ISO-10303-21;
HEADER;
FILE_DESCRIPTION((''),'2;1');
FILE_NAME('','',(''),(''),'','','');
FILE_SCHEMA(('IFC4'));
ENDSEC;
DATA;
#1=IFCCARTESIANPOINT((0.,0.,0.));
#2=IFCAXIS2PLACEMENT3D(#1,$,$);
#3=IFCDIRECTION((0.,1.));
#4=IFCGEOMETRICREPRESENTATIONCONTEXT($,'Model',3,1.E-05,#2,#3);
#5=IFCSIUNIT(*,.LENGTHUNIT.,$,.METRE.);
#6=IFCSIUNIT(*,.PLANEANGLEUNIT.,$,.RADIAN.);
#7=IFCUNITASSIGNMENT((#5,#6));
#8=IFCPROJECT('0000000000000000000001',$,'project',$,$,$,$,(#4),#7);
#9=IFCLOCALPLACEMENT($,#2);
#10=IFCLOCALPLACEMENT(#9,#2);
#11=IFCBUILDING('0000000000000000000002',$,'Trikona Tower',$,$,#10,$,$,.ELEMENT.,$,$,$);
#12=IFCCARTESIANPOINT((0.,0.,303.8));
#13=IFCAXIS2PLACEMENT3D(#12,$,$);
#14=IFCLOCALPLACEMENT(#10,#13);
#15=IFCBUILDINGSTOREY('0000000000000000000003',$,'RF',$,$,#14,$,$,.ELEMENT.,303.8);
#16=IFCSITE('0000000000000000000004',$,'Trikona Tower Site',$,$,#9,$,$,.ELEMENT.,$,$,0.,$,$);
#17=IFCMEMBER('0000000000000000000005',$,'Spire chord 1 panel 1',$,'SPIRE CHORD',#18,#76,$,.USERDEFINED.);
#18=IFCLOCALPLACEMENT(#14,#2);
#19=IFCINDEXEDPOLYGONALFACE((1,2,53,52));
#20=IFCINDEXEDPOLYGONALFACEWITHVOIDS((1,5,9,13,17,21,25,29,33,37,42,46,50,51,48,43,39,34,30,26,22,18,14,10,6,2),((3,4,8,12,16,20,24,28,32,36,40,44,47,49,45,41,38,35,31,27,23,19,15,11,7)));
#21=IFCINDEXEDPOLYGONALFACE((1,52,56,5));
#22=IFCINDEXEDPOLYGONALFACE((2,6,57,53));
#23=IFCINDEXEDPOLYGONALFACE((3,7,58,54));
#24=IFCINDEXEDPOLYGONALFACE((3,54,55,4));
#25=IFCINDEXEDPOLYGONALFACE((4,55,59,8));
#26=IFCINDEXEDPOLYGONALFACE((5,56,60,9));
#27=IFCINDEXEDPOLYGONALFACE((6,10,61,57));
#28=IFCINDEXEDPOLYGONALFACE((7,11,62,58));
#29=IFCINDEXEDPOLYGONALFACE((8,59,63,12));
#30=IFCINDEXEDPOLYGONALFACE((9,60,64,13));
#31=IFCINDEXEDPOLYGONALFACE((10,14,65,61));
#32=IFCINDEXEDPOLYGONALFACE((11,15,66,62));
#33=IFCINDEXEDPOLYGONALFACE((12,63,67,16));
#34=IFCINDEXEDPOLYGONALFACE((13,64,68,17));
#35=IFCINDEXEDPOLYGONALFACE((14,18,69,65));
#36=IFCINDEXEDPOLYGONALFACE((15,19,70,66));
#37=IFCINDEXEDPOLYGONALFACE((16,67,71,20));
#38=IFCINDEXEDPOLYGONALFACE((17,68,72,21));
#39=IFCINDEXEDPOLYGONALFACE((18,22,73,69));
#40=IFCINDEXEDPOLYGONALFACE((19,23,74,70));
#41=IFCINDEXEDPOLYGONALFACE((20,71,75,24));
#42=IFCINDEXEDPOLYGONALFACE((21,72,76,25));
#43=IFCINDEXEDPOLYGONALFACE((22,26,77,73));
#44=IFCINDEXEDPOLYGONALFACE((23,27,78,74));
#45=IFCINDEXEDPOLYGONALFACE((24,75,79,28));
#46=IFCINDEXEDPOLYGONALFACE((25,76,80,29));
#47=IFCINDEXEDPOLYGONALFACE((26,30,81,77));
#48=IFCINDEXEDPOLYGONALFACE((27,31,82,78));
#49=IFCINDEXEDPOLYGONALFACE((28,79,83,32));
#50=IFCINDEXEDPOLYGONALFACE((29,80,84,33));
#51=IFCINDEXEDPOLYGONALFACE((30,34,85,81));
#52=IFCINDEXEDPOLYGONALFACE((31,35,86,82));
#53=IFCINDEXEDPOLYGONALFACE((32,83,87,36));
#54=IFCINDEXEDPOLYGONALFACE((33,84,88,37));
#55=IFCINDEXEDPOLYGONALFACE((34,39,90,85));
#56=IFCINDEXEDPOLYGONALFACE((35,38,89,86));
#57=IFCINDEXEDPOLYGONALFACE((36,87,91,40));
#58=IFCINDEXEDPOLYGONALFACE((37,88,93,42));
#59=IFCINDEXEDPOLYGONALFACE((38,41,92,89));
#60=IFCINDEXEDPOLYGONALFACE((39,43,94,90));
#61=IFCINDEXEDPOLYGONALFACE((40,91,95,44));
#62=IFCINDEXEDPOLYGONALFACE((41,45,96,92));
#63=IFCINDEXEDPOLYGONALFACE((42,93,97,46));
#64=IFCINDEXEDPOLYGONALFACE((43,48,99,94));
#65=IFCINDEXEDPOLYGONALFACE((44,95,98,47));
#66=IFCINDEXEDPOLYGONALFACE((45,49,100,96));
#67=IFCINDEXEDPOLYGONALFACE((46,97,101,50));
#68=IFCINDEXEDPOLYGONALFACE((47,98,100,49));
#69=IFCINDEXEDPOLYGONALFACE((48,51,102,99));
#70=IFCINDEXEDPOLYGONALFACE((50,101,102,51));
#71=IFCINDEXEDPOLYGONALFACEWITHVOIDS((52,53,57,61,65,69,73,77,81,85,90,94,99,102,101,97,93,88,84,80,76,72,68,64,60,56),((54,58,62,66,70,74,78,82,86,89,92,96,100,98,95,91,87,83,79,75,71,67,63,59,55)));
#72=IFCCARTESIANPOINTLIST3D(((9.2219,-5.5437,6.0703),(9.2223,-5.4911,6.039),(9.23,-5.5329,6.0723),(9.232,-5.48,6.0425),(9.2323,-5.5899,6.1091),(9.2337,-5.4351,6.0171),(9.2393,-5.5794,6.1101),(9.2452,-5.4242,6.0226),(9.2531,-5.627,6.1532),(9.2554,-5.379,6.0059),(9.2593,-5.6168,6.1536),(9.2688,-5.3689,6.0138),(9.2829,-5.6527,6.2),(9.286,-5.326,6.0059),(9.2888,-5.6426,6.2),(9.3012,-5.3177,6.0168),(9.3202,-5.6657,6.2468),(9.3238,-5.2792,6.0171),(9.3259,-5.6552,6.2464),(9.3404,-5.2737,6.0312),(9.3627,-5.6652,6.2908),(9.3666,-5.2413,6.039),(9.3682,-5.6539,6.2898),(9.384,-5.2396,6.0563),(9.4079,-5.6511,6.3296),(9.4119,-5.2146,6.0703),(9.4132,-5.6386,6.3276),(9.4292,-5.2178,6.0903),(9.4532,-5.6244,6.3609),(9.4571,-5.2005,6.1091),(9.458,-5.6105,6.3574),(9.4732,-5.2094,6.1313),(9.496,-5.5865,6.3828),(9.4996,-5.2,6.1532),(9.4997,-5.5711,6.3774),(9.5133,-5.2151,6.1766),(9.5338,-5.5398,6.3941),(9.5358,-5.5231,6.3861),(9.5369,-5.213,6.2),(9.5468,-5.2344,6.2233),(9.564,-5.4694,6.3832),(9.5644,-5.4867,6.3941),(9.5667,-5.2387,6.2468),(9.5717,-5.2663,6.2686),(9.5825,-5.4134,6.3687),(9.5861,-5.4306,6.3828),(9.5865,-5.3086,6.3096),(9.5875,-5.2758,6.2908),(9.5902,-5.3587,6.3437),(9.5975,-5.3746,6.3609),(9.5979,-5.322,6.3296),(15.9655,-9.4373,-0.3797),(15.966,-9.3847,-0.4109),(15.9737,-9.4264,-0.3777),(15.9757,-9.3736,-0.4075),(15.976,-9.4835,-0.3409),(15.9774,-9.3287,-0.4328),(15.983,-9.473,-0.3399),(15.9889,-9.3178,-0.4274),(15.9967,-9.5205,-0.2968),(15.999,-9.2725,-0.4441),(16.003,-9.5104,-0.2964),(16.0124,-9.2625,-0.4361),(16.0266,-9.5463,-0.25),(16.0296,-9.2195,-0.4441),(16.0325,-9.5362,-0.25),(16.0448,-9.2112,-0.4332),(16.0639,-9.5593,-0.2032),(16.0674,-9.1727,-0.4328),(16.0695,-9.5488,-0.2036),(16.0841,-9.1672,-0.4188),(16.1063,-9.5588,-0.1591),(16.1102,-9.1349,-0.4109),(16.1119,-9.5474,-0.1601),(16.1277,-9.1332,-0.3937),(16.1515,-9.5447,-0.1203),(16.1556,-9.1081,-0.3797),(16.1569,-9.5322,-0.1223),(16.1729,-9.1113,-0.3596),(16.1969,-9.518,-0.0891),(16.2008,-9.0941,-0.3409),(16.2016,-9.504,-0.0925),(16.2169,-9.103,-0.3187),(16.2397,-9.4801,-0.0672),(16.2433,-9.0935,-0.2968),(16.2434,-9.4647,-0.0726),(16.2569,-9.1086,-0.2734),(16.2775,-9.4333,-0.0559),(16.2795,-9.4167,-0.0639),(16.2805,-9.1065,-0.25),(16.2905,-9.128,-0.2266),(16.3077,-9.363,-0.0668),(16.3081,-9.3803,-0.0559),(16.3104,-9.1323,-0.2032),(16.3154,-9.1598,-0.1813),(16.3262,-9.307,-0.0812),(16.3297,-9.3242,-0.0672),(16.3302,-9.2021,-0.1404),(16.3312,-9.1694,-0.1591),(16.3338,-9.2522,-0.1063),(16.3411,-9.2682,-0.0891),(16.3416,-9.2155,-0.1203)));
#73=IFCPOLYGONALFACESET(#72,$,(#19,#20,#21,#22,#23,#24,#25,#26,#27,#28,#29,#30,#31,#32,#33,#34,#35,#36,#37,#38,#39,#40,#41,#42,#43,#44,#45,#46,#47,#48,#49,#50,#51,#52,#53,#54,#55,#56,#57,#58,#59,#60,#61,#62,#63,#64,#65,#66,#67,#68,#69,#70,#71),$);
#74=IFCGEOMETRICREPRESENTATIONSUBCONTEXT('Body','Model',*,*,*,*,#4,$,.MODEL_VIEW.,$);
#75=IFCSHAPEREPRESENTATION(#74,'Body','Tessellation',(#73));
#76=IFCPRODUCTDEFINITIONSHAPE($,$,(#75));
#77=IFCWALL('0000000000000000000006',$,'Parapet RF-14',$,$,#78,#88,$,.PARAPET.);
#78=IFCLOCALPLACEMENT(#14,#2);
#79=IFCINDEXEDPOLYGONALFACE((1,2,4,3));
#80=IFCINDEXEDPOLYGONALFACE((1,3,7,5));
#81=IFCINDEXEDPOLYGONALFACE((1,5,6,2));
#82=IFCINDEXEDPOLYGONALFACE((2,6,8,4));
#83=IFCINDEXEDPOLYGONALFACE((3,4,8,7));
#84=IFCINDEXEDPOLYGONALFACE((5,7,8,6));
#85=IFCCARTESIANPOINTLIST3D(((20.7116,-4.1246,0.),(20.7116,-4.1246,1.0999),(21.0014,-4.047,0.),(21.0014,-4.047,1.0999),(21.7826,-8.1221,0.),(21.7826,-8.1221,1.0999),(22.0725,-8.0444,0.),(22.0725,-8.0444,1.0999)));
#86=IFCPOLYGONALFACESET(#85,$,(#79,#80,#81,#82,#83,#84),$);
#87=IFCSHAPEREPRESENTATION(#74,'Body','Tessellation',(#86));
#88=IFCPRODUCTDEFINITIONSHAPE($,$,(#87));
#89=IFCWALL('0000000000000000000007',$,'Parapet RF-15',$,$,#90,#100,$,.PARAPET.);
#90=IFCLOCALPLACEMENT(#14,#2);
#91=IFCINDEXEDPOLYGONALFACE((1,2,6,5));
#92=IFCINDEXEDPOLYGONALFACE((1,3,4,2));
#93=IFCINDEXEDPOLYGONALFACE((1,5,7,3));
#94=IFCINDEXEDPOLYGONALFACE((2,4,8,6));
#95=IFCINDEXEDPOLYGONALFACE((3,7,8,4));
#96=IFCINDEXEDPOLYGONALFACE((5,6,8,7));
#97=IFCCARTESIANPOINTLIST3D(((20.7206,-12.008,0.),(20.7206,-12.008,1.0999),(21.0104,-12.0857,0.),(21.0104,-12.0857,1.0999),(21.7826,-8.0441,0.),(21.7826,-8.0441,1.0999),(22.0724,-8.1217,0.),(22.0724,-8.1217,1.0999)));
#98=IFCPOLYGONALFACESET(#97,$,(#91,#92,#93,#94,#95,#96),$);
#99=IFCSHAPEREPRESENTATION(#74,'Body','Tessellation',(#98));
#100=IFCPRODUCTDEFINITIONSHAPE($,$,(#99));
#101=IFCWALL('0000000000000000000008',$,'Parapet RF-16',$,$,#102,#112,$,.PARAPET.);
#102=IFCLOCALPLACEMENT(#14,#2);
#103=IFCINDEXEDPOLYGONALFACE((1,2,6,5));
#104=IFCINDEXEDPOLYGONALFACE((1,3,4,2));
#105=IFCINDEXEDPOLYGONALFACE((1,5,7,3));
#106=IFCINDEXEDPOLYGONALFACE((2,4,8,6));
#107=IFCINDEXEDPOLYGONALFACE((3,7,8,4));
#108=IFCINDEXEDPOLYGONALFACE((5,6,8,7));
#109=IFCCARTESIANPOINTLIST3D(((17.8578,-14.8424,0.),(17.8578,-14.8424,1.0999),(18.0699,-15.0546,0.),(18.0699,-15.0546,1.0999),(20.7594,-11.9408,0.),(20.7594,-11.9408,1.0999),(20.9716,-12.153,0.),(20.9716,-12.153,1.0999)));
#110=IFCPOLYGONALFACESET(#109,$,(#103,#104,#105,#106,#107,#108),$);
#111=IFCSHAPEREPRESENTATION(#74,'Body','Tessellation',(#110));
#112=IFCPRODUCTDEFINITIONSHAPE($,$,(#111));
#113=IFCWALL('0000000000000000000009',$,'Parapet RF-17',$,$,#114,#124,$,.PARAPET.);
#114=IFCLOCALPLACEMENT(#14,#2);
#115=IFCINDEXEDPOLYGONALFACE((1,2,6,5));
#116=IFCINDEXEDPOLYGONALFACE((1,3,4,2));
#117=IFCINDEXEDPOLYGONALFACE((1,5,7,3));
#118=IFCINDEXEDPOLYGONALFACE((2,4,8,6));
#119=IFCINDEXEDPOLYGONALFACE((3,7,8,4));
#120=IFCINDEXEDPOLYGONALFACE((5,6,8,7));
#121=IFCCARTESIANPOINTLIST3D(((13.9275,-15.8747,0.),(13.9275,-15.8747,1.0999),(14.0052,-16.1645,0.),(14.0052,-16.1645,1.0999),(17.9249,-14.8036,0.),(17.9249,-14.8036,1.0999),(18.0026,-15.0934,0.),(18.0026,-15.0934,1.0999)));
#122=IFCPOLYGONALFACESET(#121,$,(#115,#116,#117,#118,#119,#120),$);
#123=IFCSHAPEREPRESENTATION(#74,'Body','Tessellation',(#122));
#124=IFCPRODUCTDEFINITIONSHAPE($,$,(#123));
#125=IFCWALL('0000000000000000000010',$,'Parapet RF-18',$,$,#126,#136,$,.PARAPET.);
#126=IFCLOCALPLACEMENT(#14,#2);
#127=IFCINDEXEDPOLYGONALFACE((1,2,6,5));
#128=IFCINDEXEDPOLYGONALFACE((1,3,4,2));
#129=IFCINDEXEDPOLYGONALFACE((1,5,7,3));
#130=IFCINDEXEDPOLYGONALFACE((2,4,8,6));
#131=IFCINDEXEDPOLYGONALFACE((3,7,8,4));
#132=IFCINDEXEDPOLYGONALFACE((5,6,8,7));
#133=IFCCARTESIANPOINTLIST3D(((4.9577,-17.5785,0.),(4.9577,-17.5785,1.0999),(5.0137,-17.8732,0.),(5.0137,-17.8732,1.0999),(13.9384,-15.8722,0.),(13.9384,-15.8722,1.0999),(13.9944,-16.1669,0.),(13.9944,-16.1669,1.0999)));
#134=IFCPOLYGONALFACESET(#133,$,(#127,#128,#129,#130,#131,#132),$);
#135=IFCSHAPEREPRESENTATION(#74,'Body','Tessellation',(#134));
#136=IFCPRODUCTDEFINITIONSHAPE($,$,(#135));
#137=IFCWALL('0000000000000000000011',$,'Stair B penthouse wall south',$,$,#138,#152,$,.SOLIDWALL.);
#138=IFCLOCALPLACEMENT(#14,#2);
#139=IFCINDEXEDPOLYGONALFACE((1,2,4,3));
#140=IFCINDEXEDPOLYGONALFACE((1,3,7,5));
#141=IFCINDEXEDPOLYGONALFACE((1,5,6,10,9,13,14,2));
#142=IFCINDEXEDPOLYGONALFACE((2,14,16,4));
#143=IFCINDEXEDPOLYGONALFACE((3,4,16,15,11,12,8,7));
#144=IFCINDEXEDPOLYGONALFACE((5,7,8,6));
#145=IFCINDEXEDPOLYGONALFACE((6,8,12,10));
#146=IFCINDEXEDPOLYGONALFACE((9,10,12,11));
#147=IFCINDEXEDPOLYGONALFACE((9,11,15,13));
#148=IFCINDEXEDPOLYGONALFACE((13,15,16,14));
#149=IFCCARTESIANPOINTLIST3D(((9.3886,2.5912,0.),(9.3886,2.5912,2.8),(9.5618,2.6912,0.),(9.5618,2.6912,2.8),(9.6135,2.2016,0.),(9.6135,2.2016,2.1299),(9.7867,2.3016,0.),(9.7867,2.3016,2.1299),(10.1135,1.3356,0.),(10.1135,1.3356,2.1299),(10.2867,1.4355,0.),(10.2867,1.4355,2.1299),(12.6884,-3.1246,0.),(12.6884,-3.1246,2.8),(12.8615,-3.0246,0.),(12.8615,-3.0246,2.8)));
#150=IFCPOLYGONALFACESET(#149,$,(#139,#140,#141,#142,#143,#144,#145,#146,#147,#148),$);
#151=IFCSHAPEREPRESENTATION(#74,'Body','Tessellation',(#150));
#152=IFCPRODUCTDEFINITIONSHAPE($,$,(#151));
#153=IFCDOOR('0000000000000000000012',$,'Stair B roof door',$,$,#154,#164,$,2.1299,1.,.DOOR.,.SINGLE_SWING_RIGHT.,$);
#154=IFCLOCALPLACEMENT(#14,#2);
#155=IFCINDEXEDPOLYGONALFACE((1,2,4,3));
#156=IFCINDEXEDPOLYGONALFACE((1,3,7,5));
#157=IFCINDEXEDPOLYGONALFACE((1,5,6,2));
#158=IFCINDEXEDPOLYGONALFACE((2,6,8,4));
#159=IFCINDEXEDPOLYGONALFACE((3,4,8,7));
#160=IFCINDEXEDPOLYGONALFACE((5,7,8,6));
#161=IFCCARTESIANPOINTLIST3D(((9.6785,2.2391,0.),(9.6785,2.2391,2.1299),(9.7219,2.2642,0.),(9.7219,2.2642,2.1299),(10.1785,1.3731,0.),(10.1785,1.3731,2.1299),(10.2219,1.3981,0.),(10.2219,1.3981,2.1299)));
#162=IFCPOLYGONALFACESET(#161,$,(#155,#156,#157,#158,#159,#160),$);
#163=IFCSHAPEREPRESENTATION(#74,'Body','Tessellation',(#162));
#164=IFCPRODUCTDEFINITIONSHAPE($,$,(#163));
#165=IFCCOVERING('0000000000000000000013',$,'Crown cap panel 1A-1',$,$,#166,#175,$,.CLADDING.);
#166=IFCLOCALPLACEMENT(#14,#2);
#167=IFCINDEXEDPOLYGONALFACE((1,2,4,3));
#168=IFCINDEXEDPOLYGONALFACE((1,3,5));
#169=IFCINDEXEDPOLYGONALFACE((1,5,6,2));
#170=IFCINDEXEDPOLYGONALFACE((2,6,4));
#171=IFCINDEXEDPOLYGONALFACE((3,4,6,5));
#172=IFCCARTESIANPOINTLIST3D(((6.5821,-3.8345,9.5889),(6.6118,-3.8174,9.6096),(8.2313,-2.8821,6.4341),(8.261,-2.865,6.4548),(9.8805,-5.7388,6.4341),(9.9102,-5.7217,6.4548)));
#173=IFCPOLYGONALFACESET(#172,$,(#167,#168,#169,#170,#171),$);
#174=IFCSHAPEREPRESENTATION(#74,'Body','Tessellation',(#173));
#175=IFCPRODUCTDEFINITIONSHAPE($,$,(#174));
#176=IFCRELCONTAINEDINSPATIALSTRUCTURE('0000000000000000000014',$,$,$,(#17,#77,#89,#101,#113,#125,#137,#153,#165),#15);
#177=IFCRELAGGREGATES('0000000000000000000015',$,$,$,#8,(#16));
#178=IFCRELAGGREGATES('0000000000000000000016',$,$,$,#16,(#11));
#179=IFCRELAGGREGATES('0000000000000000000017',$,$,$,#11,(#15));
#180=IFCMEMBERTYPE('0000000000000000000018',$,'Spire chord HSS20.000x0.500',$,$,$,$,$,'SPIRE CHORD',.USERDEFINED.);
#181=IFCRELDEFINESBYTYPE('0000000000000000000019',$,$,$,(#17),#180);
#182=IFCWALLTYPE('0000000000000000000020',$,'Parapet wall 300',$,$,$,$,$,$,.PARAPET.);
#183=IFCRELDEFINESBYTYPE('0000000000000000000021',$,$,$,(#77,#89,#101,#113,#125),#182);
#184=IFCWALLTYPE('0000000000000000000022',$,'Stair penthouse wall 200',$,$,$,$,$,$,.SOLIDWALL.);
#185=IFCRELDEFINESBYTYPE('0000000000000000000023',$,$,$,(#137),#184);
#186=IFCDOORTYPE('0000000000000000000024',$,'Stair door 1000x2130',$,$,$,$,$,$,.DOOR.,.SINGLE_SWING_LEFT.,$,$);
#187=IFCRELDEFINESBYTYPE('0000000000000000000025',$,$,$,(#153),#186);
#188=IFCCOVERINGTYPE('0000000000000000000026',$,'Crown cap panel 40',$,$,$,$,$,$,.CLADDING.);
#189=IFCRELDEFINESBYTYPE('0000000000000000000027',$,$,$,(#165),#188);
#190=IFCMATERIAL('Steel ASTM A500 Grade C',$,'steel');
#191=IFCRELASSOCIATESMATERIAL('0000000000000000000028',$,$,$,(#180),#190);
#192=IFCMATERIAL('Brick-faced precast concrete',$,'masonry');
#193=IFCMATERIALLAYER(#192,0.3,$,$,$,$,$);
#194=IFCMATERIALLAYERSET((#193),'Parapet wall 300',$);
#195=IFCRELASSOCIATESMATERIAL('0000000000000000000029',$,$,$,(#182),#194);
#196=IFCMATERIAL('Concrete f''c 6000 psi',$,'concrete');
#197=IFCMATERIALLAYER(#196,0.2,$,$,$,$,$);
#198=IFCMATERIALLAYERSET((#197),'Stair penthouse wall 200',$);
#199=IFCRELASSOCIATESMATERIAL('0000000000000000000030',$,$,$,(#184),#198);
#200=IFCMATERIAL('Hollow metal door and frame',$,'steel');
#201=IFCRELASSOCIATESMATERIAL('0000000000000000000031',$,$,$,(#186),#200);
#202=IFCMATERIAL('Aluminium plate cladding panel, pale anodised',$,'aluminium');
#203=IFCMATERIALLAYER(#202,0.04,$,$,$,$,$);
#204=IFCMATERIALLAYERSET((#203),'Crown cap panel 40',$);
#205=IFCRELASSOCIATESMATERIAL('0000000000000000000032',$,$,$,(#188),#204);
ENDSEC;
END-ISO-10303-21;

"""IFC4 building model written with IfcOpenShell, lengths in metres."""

from ifc_helpers import new_model, si_unit, direction, frame, frame_2d, origin, origin_2d, place, context, subcontext, project, spatial, polyline, rectangle, hollow_circle, outline, extrude, material, layer, layer_set, material_profile, profile_set, type_object, element, fill, save


model = new_model("IFC4")

# Units and contexts
model_context = context("Model", 3, precision=1e-05, world=origin(), true_north=direction((0.0, 1.0)))
body_context = subcontext(model_context, "Body", "Model", "MODEL_VIEW")
ifc_project = project(units=[si_unit("LENGTHUNIT", "METRE"), si_unit("PLANEANGLEUNIT", "RADIAN")], contexts=[model_context])

# Site, building, storey
site_placement = place(None, origin())
site = spatial("IfcSite", under=ifc_project, at=site_placement, Name="Trikona Tower Site", CompositionType="ELEMENT", RefElevation=0.0)
building_placement = place(site_placement, origin())
building = spatial("IfcBuilding", under=site, at=building_placement, Name="Trikona Tower", CompositionType="ELEMENT")
storey_placement = place(building_placement, frame((0.0, 0.0, 303.8)))
storey = spatial("IfcBuildingStorey", under=building, at=storey_placement, Name="RF", CompositionType="ELEMENT", Elevation=303.8)

# Member
ifc_material_1 = material(Name="Steel ASTM A500 Grade C", Category="steel")
ifc_material_profile_1 = material_profile(ifc_material_1, hollow_circle(Radius=0.2539, WallThickness=0.0117, at=origin_2d()), Name="HSS20.000X0.500")
ifc_profile_set_1 = profile_set([ifc_material_profile_1], Name="Steel ASTM A500 Grade C")
member_type = type_object("IfcMemberType", Name="Spire chord HSS20.000x0.500", ElementType="SPIRE CHORD", PredefinedType="USERDEFINED", material=ifc_profile_set_1)
member_placement = place(storey_placement, frame((16.1536, -9.3264, -0.25), z_axis=(-0.666942, 0.385069, 0.637895), x_axis=(-0.50001, -0.86602, 0.0)))
element("IfcMember", 1, at=member_placement, inside=storey, type_object=member_type, Name="Spire chord 1 panel 1", ObjectType="SPIRE CHORD", PredefinedType="USERDEFINED", context=body_context, shape_type="SweptSolid", body=[
    extrude(hollow_circle(Radius=0.2539, WallThickness=0.0117, at=origin_2d()), origin(), (0.0, 0.0, 1.0), 10.1113),
])

# Walls
ifc_material_2 = material(Name="Brick-faced precast concrete", Category="masonry")
ifc_layer_1 = layer(ifc_material_2, 0.3)
ifc_layer_set_1 = layer_set([ifc_layer_1], Name="Parapet wall 300")
wall_type_1 = type_object("IfcWallType", Name="Parapet wall 300", PredefinedType="PARAPET", material=ifc_layer_set_1)
wall_1_placement = place(storey_placement, frame((20.8564, -4.0857, 0.0), z_axis=(0.0, 0.0, 1.0), x_axis=(0.258812, -0.965928, 0.0)))
element("IfcWall", 2, at=wall_1_placement, inside=storey, type_object=wall_type_1, Name="Parapet RF-14", PredefinedType="PARAPET", context=body_context, shape_type="SweptSolid", body=[
    extrude(rectangle(XDim=4.1384, YDim=0.3, at=frame_2d((2.0693, 0.0))), origin(), (0.0, 0.0, 1.0), 1.0999),
])
wall_2_placement = place(storey_placement, frame((21.9275, -8.083, 0.0), z_axis=(0.0, 0.0, 1.0), x_axis=(-0.258796, -0.965932, 0.0)))
element("IfcWall", 3, at=wall_2_placement, inside=storey, type_object=wall_type_1, Name="Parapet RF-15", PredefinedType="PARAPET", context=body_context, shape_type="SweptSolid", body=[
    extrude(rectangle(XDim=4.1038, YDim=0.3, at=frame_2d((2.0518, 0.0))), origin(), (0.0, 0.0, 1.0), 1.0999),
])
wall_3_placement = place(storey_placement, frame((20.8655, -12.0469, 0.0), z_axis=(0.0, 0.0, 1.0), x_axis=(-0.707107, -0.707107, 0.0)))
element("IfcWall", 4, at=wall_3_placement, inside=storey, type_object=wall_type_1, Name="Parapet RF-16", PredefinedType="PARAPET", context=body_context, shape_type="SweptSolid", body=[
    extrude(rectangle(XDim=4.1035, YDim=0.3, at=frame_2d((2.0518, 0.0))), origin(), (0.0, 0.0, 1.0), 1.0999),
])
wall_4_placement = place(storey_placement, frame((17.9639, -14.9485, 0.0), z_axis=(0.0, 0.0, 1.0), x_axis=(-0.965928, -0.258812, 0.0)))
element("IfcWall", 5, at=wall_4_placement, inside=storey, type_object=wall_type_1, Name="Parapet RF-17", PredefinedType="PARAPET", context=body_context, shape_type="SweptSolid", body=[
    extrude(rectangle(XDim=4.1384, YDim=0.3, at=frame_2d((2.0693, 0.0))), origin(), (0.0, 0.0, 1.0), 1.0999),
])
wall_5_placement = place(storey_placement, frame((13.9666, -16.0195, 0.0), z_axis=(0.0, 0.0, 1.0), x_axis=(-0.982425, -0.186657, 0.0)))
element("IfcWall", 6, at=wall_5_placement, inside=storey, type_object=wall_type_1, Name="Parapet RF-18", PredefinedType="PARAPET", context=body_context, shape_type="SweptSolid", body=[
    extrude(rectangle(XDim=9.1414, YDim=0.3, at=frame_2d((4.5708, 0.0))), origin(), (0.0, 0.0, 1.0), 1.0999),
])

# Wall, opening, door
ifc_material_3 = material(Name="Concrete f'c 6000 psi", Category="concrete")
ifc_layer_2 = layer(ifc_material_3, 0.2)
ifc_layer_set_2 = layer_set([ifc_layer_2], Name="Stair penthouse wall 200")
wall_type_2 = type_object("IfcWallType", Name="Stair penthouse wall 200", PredefinedType="SOLIDWALL", material=ifc_layer_set_2)
wall_6_placement = place(storey_placement, frame((12.7749, -3.0745, 0.0), z_axis=(0.0, 0.0, 1.0), x_axis=(-0.499974, 0.86604, 0.0)))
wall_6 = element("IfcWall", 7, at=wall_6_placement, inside=storey, type_object=wall_type_2, Name="Stair B penthouse wall south", PredefinedType="SOLIDWALL", context=body_context, shape_type="SweptSolid", body=[
    extrude(rectangle(XDim=6.5999, YDim=0.2, at=frame_2d((3.2998, 0.0))), origin(), (0.0, 0.0, 1.0), 2.8),
])
opening_placement = place(wall_6_placement, frame((5.1499, 0.0, 0.0)))
opening = element("IfcOpeningElement", 8, at=opening_placement, cuts=wall_6, PredefinedType="OPENING", context=body_context, shape_type="SweptSolid", body=[
    extrude(rectangle(XDim=1.0, YDim=2.1299, at=frame_2d((0.5, 1.0649))), frame((0.0, 0.1099, 0.0), z_axis=(0.0, -1.0, 0.0), x_axis=(1.0, 0.0, 0.0)), (0.0, 0.0, 1.0), 0.22),
])
ifc_material_4 = material(Name="Hollow metal door and frame", Category="steel")
door_type = type_object("IfcDoorType", Name="Stair door 1000x2130", OperationType="SINGLE_SWING_LEFT", PredefinedType="DOOR", material=ifc_material_4)
door_placement = place(opening_placement, origin())
door = element("IfcDoor", 9, at=door_placement, inside=storey, type_object=door_type, Name="Stair B roof door", OperationType="SINGLE_SWING_RIGHT", OverallHeight=2.1299, OverallWidth=1.0, PredefinedType="DOOR", context=body_context, shape_type="SweptSolid", body=[
    extrude(rectangle(XDim=1.0, YDim=2.1299, at=frame_2d((0.5, 1.0649))), frame((0.0, 0.0249, 0.0), z_axis=(0.0, -1.0, 0.0), x_axis=(1.0, 0.0, 0.0)), (0.0, 0.0, 1.0), 0.05),
])
fill(opening, door)

# Covering
ifc_material_5 = material(Name="Aluminium plate cladding panel, pale anodised", Category="aluminium")
ifc_layer_3 = layer(ifc_material_5, 0.04)
ifc_layer_set_3 = layer_set([ifc_layer_3], Name="Crown cap panel 40")
covering_type = type_object("IfcCoveringType", Name="Crown cap panel 40", PredefinedType="CLADDING", material=ifc_layer_set_3)
covering_placement = place(storey_placement, frame((9.9102, -5.7217, 6.4548), z_axis=(0.741426, 0.428026, 0.516798), x_axis=(-0.499968, 0.866044, 0.0)))
element("IfcCovering", 10, at=covering_placement, inside=storey, type_object=covering_type, Name="Crown cap panel 1A-1", PredefinedType="CLADDING", context=body_context, shape_type="SweptSolid", body=[
    extrude(outline(polyline([(0.0, 0.0), (3.2986, 0.0), (3.2983, 3.685), (0.0, 0.0)])), origin(), (0.0, 0.0, -1.0), 0.04),
])

save(model, "model.ifc")
